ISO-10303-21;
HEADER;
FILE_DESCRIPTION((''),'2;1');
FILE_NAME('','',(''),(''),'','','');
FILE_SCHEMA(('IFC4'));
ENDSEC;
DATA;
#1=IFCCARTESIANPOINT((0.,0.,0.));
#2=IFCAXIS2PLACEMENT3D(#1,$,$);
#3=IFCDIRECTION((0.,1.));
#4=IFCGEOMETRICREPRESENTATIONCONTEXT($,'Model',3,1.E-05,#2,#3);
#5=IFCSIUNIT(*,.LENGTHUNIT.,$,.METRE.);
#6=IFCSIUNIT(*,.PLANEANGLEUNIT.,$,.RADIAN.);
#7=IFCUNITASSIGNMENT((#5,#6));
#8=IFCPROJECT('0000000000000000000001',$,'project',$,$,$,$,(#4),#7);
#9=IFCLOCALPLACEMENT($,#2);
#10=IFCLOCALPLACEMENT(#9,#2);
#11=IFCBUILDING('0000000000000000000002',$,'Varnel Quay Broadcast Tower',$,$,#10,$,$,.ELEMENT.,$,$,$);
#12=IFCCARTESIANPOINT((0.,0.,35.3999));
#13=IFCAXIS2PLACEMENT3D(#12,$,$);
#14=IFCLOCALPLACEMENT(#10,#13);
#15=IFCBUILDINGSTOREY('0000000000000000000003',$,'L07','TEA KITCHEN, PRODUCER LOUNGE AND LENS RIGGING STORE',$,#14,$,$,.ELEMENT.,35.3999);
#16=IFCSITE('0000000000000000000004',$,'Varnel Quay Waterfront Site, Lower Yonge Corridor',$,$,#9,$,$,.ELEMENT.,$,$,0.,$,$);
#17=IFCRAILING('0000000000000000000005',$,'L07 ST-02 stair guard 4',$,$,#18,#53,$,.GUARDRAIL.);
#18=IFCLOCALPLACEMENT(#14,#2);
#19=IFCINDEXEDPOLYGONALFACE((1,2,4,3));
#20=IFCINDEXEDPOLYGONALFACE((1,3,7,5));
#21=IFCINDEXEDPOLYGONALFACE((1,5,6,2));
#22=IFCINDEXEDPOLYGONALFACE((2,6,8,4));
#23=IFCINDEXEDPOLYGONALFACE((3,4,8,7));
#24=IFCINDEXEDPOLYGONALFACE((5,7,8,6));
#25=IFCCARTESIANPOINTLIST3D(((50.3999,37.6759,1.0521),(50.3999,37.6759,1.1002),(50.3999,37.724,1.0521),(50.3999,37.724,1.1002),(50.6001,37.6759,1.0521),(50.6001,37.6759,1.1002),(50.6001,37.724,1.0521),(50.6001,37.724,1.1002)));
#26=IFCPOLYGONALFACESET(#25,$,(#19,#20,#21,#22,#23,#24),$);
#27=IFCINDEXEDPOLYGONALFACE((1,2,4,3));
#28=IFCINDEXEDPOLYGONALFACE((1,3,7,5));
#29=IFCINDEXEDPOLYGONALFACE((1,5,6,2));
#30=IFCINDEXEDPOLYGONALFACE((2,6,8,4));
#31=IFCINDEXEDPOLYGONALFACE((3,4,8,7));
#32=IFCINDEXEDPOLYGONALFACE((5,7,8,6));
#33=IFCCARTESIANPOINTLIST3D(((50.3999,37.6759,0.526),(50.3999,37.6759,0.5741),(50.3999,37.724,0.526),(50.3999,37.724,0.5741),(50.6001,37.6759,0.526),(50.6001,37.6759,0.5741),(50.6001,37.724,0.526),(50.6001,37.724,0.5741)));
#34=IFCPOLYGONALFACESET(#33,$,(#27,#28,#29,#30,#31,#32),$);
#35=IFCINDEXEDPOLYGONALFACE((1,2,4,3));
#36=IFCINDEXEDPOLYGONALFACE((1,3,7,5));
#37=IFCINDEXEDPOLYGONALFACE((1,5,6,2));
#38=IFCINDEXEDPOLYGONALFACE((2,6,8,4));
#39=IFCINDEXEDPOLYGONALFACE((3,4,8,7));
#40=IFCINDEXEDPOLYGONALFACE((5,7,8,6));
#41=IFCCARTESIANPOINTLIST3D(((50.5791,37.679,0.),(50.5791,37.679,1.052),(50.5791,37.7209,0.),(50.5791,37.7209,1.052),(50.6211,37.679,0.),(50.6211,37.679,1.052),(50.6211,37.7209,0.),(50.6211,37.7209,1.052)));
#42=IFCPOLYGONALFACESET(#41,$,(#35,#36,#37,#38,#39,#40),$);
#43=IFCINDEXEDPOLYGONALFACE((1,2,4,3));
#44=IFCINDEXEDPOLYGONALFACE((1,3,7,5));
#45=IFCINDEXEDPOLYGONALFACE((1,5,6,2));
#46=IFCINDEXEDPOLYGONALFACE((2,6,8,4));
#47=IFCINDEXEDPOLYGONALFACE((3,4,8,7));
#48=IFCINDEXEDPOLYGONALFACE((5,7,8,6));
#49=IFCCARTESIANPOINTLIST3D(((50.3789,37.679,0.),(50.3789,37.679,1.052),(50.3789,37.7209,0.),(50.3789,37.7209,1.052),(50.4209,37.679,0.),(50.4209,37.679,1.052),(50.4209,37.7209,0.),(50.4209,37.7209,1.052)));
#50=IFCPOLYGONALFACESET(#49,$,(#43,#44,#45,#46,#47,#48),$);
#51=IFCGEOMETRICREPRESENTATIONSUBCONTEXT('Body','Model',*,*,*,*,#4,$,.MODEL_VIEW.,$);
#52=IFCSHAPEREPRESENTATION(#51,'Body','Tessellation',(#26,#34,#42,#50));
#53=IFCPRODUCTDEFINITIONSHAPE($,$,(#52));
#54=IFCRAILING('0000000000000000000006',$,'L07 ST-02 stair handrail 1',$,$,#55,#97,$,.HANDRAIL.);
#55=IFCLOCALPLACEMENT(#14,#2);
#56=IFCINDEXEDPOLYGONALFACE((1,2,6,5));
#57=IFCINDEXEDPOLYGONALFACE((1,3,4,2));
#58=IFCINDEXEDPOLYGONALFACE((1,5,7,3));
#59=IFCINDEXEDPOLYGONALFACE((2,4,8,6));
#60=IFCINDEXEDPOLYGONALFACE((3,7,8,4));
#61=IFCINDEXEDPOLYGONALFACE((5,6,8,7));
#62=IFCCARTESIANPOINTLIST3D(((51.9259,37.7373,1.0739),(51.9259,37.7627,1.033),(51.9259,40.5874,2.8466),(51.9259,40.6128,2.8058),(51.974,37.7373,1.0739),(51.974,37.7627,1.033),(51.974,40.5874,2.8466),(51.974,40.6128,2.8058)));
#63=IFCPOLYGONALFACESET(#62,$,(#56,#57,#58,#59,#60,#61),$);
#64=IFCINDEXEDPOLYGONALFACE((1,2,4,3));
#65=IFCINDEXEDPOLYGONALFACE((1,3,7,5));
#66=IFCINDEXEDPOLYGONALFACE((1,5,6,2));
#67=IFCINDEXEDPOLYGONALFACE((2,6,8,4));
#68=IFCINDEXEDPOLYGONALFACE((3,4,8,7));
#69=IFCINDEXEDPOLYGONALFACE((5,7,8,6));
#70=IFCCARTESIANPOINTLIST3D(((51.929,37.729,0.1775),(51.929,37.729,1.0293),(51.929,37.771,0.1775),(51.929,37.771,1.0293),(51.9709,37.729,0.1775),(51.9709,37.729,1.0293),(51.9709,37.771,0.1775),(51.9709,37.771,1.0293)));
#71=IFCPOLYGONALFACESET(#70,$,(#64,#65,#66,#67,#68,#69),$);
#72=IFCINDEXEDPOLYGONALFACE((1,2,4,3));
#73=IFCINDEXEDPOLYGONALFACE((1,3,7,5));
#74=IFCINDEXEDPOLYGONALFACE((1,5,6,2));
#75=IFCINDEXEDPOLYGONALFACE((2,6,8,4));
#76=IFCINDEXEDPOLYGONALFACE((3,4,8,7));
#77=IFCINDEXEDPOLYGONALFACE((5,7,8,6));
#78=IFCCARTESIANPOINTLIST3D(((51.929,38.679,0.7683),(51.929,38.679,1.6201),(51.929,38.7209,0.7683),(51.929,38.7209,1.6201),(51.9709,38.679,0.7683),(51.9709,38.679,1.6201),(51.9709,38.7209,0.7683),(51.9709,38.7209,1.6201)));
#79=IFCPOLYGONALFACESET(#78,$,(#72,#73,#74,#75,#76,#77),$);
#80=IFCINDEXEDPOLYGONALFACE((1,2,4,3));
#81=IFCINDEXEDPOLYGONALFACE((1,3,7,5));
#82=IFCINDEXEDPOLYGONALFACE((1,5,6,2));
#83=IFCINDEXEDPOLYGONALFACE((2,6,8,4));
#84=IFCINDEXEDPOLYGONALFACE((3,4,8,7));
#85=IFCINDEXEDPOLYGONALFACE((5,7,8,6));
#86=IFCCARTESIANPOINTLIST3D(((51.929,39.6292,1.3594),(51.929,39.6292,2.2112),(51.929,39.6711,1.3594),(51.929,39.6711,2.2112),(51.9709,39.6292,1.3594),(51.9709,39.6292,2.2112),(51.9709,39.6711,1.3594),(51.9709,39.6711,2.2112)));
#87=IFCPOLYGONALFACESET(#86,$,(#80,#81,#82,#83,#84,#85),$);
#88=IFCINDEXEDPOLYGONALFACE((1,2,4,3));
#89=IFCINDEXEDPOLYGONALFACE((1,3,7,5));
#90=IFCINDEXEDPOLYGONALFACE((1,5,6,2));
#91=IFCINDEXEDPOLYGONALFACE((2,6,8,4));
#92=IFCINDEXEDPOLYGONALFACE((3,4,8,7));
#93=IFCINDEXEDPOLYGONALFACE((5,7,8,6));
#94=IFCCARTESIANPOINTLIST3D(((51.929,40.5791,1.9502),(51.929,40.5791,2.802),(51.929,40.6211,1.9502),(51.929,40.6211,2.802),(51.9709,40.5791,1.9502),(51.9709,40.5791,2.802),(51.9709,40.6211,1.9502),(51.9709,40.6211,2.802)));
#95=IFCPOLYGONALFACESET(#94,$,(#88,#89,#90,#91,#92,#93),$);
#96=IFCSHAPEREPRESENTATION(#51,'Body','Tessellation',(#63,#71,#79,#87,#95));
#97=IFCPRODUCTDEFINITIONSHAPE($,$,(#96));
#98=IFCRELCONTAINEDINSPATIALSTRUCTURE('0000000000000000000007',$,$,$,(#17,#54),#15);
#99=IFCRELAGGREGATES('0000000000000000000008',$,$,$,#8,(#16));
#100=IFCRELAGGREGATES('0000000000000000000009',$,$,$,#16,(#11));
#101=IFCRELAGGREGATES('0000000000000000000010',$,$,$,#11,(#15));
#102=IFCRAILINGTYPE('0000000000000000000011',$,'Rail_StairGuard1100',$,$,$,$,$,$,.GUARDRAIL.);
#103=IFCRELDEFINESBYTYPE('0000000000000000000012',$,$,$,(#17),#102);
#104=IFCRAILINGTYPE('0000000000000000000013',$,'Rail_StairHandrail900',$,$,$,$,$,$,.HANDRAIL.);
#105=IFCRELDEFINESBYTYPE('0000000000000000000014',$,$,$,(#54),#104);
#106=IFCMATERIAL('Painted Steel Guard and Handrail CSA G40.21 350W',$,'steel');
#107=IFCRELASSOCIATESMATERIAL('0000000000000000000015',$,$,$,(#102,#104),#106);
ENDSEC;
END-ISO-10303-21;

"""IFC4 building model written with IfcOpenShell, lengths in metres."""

from ifc_helpers import new_model, si_unit, direction, frame, origin, origin_2d, place, context, subcontext, project, spatial, rectangle, extrude, material, type_object, element, save


model = new_model("IFC4")

# Units and contexts
model_context = context("Model", 3, precision=1e-05, world=origin(), true_north=direction((0.0, 1.0)))
body_context = subcontext(model_context, "Body", "Model", "MODEL_VIEW")
ifc_project = project(units=[si_unit("LENGTHUNIT", "METRE"), si_unit("PLANEANGLEUNIT", "RADIAN")], contexts=[model_context])

# Site, building, storey
site_placement = place(None, origin())
site = spatial("IfcSite", under=ifc_project, at=site_placement, Name="Varnel Quay Waterfront Site, Lower Yonge Corridor", CompositionType="ELEMENT", RefElevation=0.0)
building_placement = place(site_placement, origin())
building = spatial("IfcBuilding", under=site, at=building_placement, Name="Varnel Quay Broadcast Tower", CompositionType="ELEMENT")
storey_placement = place(building_placement, frame((0.0, 0.0, 35.3999)))
storey = spatial("IfcBuildingStorey", under=building, at=storey_placement, Name="L07", Description="TEA KITCHEN, PRODUCER LOUNGE AND LENS RIGGING STORE", CompositionType="ELEMENT", Elevation=35.3999)

# Railings
ifc_material_1 = material(Name="Painted Steel Guard and Handrail CSA G40.21 350W", Category="steel")
railing_type_1 = type_object("IfcRailingType", Name="Rail_StairGuard1100", PredefinedType="GUARDRAIL", material=ifc_material_1)
railing_1_placement = place(storey_placement, frame((50.6001, 37.7, 0.0)))
element("IfcRailing", 1, at=railing_1_placement, inside=storey, type_object=railing_type_1, Name="L07 ST-02 stair guard 4", PredefinedType="GUARDRAIL", context=body_context, shape_type="SweptSolid", body=[
    extrude(rectangle(XDim=0.0481, YDim=0.0481, at=origin_2d()), frame((0.0, 0.0, 1.0762), z_axis=(-1.0, 0.0, 0.0), x_axis=(0.0, -1.0, 0.0)), (0.0, 0.0, 1.0), 0.2002),
    extrude(rectangle(XDim=0.0481, YDim=0.0481, at=origin_2d()), frame((0.0, 0.0, 0.55), z_axis=(-1.0, 0.0, 0.0), x_axis=(0.0, -1.0, 0.0)), (0.0, 0.0, 1.0), 0.2002),
    extrude(rectangle(XDim=0.042, YDim=0.042, at=origin_2d()), origin(), (0.0, 0.0, 1.0), 1.052),
    extrude(rectangle(XDim=0.042, YDim=0.042, at=origin_2d()), frame((-0.2002, 0.0, 0.0)), (0.0, 0.0, 1.0), 1.052),
])
railing_type_2 = type_object("IfcRailingType", Name="Rail_StairHandrail900", PredefinedType="HANDRAIL", material=ifc_material_1)
railing_2_placement = place(storey_placement, frame((51.95, 37.75, 0.1775)))
element("IfcRailing", 2, at=railing_2_placement, inside=storey, type_object=railing_type_2, Name="L07 ST-02 stair handrail 1", PredefinedType="HANDRAIL", context=body_context, shape_type="SweptSolid", body=[
    extrude(rectangle(XDim=0.0481, YDim=0.0481, at=origin_2d()), frame((0.0, 0.0, 0.876), z_axis=(0.0, 0.849149, 0.528154), x_axis=(-1.0, 0.0, 0.0)), (0.0, 0.0, 1.0), 3.3564),
    extrude(rectangle(XDim=0.042, YDim=0.042, at=origin_2d()), origin(), (0.0, 0.0, 1.0), 0.8518),
    extrude(rectangle(XDim=0.042, YDim=0.042, at=origin_2d()), frame((0.0, 0.95, 0.5908)), (0.0, 0.0, 1.0), 0.8518),
    extrude(rectangle(XDim=0.042, YDim=0.042, at=origin_2d()), frame((0.0, 1.9001, 1.1819)), (0.0, 0.0, 1.0), 0.8518),
    extrude(rectangle(XDim=0.042, YDim=0.042, at=origin_2d()), frame((0.0, 2.8501, 1.7727)), (0.0, 0.0, 1.0), 0.8518),
])

save(model, "model.ifc")
